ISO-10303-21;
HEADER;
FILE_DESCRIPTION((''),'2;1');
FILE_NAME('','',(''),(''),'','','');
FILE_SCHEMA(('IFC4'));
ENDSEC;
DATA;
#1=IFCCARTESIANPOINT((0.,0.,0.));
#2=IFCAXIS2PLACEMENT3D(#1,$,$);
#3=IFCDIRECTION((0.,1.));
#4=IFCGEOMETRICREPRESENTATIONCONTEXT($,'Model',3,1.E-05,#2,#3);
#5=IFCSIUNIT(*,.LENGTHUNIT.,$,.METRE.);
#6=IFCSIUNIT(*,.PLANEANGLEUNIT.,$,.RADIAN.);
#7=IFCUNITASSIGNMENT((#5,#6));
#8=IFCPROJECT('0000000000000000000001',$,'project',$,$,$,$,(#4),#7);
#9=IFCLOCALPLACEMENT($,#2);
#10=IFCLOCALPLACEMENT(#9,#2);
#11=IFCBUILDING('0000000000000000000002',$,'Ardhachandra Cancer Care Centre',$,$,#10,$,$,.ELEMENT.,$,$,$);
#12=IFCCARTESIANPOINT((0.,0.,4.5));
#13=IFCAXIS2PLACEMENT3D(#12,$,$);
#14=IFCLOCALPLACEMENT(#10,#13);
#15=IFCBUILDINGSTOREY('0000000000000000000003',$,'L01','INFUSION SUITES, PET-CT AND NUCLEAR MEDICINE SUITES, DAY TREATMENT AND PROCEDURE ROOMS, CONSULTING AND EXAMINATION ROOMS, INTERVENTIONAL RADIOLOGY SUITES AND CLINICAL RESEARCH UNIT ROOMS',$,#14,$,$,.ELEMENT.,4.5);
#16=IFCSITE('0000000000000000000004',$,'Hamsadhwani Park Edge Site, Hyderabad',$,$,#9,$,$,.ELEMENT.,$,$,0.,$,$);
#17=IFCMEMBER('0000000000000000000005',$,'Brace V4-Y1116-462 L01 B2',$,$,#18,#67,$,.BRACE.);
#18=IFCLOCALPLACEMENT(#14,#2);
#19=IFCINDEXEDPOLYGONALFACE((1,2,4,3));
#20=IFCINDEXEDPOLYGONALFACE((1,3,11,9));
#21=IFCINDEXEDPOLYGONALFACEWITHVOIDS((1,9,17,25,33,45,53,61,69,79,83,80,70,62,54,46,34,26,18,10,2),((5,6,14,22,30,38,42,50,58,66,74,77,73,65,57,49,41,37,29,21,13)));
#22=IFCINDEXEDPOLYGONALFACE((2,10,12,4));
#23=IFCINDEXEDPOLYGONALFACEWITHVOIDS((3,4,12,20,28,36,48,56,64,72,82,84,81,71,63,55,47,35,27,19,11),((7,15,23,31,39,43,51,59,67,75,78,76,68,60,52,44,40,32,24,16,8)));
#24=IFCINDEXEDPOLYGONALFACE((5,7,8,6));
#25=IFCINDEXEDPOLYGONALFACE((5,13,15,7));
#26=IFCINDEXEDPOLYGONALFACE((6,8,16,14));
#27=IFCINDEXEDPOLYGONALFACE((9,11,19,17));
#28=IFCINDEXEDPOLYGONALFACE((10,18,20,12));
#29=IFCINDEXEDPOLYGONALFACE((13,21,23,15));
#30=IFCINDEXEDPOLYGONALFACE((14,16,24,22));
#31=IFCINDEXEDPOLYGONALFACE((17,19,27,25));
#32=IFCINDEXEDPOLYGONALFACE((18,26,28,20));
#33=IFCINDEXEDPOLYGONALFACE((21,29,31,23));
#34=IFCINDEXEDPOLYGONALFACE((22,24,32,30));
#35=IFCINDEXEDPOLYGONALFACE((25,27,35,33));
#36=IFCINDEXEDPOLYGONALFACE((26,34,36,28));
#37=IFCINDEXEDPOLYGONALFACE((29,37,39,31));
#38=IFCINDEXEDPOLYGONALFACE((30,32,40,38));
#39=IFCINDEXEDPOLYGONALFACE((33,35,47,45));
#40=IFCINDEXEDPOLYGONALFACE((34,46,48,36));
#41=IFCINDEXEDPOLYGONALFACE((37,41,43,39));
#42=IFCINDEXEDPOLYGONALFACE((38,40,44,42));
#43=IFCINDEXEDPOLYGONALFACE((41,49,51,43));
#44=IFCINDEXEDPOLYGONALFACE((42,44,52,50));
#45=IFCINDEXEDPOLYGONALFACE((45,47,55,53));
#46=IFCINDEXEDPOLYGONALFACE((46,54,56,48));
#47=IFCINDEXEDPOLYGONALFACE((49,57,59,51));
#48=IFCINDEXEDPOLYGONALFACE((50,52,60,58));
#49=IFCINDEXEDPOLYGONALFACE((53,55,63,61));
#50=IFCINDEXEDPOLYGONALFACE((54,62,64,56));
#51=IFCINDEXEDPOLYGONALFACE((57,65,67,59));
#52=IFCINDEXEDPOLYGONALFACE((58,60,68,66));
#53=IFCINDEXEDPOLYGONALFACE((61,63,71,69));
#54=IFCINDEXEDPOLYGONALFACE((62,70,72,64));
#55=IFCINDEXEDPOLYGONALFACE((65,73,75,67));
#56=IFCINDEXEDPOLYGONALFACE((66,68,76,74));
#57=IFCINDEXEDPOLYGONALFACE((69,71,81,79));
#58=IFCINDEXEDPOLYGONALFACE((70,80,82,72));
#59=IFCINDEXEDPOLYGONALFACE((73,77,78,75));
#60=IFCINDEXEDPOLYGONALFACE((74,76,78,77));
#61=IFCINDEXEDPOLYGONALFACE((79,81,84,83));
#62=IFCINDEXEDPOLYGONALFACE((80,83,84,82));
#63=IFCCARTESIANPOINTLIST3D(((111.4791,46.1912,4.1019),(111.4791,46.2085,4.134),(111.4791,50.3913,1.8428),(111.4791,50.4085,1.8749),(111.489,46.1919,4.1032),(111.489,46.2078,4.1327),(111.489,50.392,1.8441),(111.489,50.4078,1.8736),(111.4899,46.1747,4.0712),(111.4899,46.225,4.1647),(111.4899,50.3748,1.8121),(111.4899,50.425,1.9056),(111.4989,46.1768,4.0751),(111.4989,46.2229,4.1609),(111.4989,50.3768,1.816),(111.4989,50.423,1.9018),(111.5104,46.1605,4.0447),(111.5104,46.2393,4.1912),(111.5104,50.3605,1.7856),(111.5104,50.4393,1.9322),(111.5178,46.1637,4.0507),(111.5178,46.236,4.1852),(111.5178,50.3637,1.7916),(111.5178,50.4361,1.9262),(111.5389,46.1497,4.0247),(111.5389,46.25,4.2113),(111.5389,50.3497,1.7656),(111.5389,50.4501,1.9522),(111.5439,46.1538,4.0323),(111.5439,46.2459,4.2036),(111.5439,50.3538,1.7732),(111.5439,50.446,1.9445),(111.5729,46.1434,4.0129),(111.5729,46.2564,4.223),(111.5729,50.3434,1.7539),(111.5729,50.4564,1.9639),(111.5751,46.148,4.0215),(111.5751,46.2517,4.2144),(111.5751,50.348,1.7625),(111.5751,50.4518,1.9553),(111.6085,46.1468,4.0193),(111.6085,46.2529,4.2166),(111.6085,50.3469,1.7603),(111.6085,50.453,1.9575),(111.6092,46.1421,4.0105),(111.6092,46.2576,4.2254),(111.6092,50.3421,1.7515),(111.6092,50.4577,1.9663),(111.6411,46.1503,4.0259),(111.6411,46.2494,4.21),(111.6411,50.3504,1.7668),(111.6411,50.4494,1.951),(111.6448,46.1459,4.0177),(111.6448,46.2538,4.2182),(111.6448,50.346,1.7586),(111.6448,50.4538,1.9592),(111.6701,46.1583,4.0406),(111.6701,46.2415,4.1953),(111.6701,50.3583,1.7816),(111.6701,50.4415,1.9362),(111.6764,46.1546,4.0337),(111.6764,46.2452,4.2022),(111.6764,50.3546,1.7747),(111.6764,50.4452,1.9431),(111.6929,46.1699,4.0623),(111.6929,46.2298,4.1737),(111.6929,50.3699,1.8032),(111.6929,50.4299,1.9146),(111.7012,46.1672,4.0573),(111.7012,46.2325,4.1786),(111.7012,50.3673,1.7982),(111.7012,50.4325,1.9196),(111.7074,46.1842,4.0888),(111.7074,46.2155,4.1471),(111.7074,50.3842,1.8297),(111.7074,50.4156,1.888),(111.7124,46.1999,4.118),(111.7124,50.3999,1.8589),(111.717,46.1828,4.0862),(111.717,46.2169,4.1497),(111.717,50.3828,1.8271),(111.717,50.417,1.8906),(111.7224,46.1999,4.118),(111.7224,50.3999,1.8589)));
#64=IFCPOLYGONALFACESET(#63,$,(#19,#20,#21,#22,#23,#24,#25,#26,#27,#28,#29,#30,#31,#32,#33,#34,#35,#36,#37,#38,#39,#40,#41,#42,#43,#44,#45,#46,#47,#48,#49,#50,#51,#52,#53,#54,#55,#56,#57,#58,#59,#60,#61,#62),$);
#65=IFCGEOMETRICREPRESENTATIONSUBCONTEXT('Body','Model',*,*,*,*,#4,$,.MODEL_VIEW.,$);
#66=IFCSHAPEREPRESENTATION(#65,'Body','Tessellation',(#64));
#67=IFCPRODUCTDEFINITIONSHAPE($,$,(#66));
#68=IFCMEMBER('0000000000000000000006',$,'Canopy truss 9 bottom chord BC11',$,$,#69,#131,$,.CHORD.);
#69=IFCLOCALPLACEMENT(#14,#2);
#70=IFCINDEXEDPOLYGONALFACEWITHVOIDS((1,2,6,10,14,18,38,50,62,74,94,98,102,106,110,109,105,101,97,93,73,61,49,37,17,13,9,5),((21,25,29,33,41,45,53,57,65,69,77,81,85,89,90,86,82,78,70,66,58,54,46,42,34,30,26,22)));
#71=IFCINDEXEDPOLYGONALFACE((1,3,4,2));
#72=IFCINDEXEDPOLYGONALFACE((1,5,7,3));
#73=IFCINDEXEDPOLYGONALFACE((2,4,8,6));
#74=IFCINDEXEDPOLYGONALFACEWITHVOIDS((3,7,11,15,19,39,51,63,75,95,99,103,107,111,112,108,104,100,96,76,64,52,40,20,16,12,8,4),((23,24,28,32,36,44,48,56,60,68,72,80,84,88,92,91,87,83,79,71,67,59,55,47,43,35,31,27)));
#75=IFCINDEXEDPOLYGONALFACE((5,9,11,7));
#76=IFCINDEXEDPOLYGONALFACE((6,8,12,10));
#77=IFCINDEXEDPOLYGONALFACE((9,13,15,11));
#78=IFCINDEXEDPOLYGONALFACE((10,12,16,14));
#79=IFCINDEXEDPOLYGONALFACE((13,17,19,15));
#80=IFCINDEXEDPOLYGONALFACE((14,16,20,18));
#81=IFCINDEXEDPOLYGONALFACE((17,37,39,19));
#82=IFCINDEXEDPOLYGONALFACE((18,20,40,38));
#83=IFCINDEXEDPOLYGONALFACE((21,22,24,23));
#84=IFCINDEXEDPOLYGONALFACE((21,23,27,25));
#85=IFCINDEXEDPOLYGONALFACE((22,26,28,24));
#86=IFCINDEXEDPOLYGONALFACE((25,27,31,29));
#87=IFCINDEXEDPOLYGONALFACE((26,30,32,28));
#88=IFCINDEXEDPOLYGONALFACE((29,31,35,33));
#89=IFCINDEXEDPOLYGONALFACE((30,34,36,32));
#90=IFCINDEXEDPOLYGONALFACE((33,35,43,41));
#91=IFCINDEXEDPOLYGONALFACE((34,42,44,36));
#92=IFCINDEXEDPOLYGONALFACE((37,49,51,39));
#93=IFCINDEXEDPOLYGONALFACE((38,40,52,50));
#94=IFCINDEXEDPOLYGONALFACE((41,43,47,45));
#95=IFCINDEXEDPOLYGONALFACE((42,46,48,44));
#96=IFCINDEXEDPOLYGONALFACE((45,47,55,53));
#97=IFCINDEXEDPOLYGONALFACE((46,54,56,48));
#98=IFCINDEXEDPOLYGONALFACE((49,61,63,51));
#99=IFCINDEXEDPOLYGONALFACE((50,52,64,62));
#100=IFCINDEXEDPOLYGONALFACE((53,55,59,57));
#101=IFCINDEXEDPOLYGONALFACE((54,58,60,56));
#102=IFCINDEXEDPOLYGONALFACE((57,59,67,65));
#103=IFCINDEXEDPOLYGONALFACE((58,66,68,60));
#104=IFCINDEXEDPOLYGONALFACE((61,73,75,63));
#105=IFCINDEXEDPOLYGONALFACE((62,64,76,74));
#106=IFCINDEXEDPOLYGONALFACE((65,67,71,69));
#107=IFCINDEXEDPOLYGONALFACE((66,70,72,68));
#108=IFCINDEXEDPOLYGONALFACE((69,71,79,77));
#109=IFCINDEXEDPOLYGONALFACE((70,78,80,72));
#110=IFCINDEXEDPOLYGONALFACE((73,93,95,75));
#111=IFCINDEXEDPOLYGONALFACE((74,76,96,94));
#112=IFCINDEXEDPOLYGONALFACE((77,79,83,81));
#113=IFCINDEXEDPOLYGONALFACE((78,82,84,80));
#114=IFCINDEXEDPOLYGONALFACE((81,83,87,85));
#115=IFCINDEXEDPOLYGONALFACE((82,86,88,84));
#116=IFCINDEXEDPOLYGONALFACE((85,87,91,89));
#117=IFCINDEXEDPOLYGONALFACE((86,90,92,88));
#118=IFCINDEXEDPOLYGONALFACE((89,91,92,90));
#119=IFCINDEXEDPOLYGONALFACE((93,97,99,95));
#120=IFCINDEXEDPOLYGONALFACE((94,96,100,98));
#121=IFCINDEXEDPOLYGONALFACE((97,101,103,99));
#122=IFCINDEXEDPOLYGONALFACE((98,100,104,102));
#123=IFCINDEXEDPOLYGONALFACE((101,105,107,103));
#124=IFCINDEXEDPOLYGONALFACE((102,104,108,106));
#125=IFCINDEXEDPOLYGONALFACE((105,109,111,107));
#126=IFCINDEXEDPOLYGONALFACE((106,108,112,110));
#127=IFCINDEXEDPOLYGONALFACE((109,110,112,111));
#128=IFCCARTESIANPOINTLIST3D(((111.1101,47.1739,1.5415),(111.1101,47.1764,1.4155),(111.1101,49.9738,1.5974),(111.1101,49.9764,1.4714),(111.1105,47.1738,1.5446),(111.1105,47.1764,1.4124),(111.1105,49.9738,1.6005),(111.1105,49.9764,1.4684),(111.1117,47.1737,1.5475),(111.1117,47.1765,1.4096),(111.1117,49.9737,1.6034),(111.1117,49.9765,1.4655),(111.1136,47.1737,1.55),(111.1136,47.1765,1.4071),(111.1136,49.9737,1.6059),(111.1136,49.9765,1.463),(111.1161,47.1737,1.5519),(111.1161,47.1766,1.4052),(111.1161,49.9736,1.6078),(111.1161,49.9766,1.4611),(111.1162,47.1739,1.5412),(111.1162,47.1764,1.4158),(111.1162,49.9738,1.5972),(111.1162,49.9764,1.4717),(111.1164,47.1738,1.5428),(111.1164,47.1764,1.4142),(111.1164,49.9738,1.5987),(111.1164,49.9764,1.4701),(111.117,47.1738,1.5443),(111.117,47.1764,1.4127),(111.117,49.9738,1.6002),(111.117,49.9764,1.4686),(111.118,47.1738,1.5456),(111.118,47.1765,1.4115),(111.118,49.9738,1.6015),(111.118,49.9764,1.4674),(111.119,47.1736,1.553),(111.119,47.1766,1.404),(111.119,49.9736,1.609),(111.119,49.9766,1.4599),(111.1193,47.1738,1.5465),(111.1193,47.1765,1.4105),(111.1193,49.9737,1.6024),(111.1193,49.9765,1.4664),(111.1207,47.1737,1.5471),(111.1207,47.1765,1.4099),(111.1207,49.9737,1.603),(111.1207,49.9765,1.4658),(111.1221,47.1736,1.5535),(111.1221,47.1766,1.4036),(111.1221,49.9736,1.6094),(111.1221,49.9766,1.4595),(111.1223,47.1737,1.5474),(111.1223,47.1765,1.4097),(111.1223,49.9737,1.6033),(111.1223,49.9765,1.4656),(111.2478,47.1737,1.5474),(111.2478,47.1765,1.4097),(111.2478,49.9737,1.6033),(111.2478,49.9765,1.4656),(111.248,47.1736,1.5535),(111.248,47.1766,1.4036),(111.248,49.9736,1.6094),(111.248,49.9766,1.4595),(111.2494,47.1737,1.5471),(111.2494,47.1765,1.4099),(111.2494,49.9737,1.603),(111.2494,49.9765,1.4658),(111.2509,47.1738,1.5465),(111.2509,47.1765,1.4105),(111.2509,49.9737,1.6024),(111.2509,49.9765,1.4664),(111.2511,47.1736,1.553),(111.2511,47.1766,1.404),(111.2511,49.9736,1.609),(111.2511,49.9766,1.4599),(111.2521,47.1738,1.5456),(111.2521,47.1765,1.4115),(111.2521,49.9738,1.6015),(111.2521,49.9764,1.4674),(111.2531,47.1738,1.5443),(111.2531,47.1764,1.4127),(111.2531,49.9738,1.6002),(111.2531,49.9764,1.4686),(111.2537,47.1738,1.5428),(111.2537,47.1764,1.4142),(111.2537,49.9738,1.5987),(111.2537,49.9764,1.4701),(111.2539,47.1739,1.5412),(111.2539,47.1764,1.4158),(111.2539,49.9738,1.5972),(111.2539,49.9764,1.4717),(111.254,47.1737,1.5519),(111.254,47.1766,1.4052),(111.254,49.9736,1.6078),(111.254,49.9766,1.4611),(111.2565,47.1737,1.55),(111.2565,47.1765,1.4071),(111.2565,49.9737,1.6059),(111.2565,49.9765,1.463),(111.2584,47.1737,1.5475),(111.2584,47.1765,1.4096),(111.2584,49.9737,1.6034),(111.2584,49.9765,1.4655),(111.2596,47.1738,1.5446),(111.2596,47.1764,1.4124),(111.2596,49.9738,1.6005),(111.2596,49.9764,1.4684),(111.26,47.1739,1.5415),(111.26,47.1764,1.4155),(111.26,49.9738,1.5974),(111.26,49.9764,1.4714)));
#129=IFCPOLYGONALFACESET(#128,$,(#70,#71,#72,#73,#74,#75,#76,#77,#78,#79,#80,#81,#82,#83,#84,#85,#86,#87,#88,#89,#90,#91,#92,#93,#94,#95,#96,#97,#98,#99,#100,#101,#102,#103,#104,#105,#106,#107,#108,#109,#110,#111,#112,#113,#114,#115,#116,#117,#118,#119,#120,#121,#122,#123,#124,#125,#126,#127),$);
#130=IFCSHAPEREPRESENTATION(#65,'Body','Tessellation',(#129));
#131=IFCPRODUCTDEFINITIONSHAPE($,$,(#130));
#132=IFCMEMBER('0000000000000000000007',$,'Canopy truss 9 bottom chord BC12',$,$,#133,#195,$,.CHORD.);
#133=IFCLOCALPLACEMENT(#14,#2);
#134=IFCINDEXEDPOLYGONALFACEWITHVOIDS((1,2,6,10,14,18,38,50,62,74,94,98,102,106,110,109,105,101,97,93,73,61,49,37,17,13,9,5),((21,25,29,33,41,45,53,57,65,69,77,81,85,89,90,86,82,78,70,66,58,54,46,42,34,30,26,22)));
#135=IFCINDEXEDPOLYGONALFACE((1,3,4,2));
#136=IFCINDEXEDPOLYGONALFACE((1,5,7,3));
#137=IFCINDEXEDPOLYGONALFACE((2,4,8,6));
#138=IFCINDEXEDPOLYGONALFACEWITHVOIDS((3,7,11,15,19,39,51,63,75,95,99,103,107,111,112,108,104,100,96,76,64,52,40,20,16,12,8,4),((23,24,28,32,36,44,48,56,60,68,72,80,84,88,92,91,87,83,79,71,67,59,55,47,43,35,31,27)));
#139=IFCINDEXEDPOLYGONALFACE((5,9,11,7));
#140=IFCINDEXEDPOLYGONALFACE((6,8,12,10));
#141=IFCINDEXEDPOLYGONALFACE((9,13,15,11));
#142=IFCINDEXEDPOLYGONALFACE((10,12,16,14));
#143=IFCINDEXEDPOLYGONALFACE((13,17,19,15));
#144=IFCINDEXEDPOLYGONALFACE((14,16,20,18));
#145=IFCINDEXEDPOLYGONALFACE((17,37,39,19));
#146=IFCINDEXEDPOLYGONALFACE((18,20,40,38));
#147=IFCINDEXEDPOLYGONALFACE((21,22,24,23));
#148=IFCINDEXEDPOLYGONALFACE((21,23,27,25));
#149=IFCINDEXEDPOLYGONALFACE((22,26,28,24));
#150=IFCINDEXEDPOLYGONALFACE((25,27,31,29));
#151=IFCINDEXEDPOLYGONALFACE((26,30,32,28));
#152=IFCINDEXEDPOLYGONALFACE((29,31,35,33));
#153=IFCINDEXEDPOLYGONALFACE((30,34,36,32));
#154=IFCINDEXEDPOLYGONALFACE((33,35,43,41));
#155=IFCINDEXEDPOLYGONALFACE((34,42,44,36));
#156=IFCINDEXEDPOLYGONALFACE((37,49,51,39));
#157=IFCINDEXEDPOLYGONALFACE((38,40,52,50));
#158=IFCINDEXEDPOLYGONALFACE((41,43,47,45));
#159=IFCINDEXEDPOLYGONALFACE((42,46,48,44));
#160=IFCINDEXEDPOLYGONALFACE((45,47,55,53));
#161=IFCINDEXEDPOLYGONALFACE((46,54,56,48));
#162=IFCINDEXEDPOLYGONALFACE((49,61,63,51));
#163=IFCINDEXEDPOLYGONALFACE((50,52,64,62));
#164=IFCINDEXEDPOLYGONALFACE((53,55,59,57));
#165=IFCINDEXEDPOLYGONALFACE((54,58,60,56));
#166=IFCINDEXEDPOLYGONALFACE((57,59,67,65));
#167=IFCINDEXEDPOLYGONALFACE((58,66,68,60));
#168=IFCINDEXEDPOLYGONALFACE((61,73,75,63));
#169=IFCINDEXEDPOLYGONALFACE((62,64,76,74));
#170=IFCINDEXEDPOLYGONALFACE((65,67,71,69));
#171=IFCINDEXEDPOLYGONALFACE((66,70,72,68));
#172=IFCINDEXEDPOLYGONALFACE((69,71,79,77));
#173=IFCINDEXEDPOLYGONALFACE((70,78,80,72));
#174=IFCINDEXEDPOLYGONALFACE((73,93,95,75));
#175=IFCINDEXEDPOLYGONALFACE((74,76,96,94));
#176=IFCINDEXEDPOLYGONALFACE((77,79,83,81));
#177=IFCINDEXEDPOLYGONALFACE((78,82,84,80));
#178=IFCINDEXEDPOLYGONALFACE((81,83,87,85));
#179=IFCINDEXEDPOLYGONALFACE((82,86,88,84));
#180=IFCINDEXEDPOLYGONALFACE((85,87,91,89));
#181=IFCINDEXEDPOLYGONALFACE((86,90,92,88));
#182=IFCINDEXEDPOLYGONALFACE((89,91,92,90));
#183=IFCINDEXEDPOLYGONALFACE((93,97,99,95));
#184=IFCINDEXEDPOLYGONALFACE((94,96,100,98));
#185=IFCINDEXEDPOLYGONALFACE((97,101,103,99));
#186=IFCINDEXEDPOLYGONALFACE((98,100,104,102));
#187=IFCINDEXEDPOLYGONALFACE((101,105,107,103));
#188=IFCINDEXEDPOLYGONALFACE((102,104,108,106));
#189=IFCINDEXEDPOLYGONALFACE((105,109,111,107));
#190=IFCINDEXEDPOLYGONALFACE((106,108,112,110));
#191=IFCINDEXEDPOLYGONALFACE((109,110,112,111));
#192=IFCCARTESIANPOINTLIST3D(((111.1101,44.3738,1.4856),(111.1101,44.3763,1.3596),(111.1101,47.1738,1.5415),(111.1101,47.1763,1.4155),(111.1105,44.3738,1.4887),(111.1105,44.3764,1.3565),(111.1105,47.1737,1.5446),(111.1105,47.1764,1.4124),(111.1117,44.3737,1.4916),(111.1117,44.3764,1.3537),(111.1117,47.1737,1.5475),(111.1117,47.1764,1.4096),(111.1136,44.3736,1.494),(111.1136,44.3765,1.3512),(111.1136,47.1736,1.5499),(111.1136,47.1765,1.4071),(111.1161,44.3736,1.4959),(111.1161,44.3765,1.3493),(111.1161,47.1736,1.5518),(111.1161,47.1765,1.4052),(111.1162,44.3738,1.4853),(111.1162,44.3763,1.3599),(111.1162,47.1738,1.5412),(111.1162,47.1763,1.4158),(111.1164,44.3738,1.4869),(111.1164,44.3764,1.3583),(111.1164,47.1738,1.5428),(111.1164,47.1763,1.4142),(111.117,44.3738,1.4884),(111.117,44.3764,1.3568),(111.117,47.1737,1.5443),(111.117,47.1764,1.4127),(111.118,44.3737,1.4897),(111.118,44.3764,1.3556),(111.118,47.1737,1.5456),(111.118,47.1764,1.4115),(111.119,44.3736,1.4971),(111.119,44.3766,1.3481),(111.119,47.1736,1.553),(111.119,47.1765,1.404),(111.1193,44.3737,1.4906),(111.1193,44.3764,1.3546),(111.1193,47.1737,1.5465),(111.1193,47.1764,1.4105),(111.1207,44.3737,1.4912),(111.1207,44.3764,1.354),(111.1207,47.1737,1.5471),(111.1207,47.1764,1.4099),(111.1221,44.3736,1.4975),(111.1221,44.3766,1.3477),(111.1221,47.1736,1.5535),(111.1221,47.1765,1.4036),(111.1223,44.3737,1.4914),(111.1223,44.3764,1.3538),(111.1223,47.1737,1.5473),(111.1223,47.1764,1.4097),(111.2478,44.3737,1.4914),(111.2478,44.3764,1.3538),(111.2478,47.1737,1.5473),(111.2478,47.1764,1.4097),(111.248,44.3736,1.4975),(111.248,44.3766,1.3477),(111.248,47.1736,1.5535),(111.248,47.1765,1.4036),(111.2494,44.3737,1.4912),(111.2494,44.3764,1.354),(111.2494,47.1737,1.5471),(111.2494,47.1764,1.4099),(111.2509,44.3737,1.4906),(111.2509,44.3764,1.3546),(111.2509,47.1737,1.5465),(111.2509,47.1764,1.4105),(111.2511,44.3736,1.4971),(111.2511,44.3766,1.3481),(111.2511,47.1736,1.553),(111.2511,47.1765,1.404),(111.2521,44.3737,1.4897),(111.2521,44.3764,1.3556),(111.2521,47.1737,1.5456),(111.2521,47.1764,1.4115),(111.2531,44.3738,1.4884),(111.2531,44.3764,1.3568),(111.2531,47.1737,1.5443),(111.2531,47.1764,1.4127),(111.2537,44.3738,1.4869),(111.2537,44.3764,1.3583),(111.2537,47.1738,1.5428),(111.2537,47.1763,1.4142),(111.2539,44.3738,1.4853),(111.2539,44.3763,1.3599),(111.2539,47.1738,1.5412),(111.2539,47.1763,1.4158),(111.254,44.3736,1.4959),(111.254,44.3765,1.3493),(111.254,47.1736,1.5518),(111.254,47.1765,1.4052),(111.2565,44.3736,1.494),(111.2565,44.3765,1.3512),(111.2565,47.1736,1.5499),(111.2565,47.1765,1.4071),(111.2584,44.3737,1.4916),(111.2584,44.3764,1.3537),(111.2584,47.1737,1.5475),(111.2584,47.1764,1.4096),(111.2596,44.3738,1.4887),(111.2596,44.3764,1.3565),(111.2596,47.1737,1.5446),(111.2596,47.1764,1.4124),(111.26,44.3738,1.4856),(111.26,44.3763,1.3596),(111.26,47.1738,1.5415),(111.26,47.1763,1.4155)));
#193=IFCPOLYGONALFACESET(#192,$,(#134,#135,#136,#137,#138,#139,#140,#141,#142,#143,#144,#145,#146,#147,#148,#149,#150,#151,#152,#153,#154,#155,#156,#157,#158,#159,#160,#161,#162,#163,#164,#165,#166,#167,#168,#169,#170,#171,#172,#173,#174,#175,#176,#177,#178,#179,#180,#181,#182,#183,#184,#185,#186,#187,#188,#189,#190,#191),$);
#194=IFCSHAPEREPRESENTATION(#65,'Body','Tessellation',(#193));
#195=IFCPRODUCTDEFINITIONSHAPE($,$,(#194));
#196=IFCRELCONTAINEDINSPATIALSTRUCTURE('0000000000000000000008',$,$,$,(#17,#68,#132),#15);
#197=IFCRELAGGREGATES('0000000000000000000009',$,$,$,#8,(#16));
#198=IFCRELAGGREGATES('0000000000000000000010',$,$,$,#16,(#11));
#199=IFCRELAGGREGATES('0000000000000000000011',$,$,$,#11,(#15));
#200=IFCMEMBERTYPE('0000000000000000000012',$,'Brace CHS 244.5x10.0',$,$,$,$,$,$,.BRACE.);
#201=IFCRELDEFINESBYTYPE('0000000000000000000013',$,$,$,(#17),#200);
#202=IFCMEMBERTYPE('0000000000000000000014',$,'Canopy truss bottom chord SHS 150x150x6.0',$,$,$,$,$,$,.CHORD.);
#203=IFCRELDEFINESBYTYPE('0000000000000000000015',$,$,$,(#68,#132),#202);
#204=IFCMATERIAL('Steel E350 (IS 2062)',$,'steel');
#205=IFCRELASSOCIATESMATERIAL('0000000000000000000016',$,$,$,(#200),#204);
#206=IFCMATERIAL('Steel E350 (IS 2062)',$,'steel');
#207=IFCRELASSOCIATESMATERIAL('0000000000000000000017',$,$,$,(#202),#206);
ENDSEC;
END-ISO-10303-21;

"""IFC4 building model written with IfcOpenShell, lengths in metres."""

from ifc_helpers import new_model, si_unit, direction, frame, origin, origin_2d, place, context, subcontext, project, spatial, hollow_rectangle, hollow_circle, extrude, material, material_profile, profile_set, type_object, element, save


model = new_model("IFC4")

# Units and contexts
model_context = context("Model", 3, precision=1e-05, world=origin(), true_north=direction((0.0, 1.0)))
body_context = subcontext(model_context, "Body", "Model", "MODEL_VIEW")
ifc_project = project(units=[si_unit("LENGTHUNIT", "METRE"), si_unit("PLANEANGLEUNIT", "RADIAN")], contexts=[model_context])

# Site, building, storey
site_placement = place(None, origin())
site = spatial("IfcSite", under=ifc_project, at=site_placement, Name="Hamsadhwani Park Edge Site, Hyderabad", CompositionType="ELEMENT", RefElevation=0.0)
building_placement = place(site_placement, origin())
building = spatial("IfcBuilding", under=site, at=building_placement, Name="Ardhachandra Cancer Care Centre", CompositionType="ELEMENT")
storey_placement = place(building_placement, frame((0.0, 0.0, 4.5)))
storey = spatial("IfcBuildingStorey", under=building, at=storey_placement, Name="L01", Description="INFUSION SUITES, PET-CT AND NUCLEAR MEDICINE SUITES, DAY TREATMENT AND PROCEDURE ROOMS, CONSULTING AND EXAMINATION ROOMS, INTERVENTIONAL RADIOLOGY SUITES AND CLINICAL RESEARCH UNIT ROOMS", CompositionType="ELEMENT", Elevation=4.5)

# Members
ifc_material_1 = material(Name="Steel E350 (IS 2062)", Category="steel")
ifc_material_profile_1 = material_profile(ifc_material_1, hollow_circle(Radius=0.1223, WallThickness=0.01, at=origin_2d()), Name="CHS 244.5x10.0")
ifc_profile_set_1 = profile_set([ifc_material_profile_1], Name="Steel E350 (IS 2062)")
member_type_1 = type_object("IfcMemberType", Name="Brace CHS 244.5x10.0", PredefinedType="BRACE", material=ifc_profile_set_1)
member_1_placement = place(storey_placement, frame((111.6001, 50.3999, 1.8589), z_axis=(0.0, -0.880688, 0.473697), x_axis=(1.0, 0.0, 0.0)))
element("IfcMember", 1, at=member_1_placement, inside=storey, type_object=member_type_1, Name="Brace V4-Y1116-462 L01 B2", PredefinedType="BRACE", context=body_context, shape_type="SweptSolid", body=[
    extrude(hollow_circle(Radius=0.1223, WallThickness=0.01, at=origin_2d()), origin(), (0.0, 0.0, 1.0), 4.769),
])
ifc_material_2 = material(Name="Steel E350 (IS 2062)", Category="steel")
ifc_material_profile_2 = material_profile(ifc_material_2, hollow_rectangle(XDim=0.1499, YDim=0.1499, WallThickness=0.0061, InnerFilletRadius=0.0061, OuterFilletRadius=0.012, at=origin_2d()), Name="SHS 150x150x6.0")
ifc_profile_set_2 = profile_set([ifc_material_profile_2], Name="Steel E350 (IS 2062)")
member_type_2 = type_object("IfcMemberType", Name="Canopy truss bottom chord SHS 150x150x6.0", PredefinedType="CHORD", material=ifc_profile_set_2)
for number, where, z_axis, x_axis, name in (
    (2, (111.1851, 49.9751, 1.5344), (0.0, -0.999801, -0.019963), (1.0, 0.0, 0.0), "Canopy truss 9 bottom chord BC11"),
    (3, (111.1851, 47.175, 1.4785), (0.0, -0.999801, -0.019963), (1.0, 0.0, 0.0), "Canopy truss 9 bottom chord BC12"),
):
    element("IfcMember", number, at=place(storey_placement, frame(where, z_axis=z_axis, x_axis=x_axis)), inside=storey, type_object=member_type_2, Name=name, PredefinedType="CHORD", context=body_context, shape_type="SweptSolid", body=[
        extrude(hollow_rectangle(XDim=0.1499, YDim=0.1499, WallThickness=0.0061, InnerFilletRadius=0.0061, OuterFilletRadius=0.012, at=origin_2d()), origin(), (0.0, 0.0, 1.0), 2.8005),
    ])

save(model, "model.ifc")
